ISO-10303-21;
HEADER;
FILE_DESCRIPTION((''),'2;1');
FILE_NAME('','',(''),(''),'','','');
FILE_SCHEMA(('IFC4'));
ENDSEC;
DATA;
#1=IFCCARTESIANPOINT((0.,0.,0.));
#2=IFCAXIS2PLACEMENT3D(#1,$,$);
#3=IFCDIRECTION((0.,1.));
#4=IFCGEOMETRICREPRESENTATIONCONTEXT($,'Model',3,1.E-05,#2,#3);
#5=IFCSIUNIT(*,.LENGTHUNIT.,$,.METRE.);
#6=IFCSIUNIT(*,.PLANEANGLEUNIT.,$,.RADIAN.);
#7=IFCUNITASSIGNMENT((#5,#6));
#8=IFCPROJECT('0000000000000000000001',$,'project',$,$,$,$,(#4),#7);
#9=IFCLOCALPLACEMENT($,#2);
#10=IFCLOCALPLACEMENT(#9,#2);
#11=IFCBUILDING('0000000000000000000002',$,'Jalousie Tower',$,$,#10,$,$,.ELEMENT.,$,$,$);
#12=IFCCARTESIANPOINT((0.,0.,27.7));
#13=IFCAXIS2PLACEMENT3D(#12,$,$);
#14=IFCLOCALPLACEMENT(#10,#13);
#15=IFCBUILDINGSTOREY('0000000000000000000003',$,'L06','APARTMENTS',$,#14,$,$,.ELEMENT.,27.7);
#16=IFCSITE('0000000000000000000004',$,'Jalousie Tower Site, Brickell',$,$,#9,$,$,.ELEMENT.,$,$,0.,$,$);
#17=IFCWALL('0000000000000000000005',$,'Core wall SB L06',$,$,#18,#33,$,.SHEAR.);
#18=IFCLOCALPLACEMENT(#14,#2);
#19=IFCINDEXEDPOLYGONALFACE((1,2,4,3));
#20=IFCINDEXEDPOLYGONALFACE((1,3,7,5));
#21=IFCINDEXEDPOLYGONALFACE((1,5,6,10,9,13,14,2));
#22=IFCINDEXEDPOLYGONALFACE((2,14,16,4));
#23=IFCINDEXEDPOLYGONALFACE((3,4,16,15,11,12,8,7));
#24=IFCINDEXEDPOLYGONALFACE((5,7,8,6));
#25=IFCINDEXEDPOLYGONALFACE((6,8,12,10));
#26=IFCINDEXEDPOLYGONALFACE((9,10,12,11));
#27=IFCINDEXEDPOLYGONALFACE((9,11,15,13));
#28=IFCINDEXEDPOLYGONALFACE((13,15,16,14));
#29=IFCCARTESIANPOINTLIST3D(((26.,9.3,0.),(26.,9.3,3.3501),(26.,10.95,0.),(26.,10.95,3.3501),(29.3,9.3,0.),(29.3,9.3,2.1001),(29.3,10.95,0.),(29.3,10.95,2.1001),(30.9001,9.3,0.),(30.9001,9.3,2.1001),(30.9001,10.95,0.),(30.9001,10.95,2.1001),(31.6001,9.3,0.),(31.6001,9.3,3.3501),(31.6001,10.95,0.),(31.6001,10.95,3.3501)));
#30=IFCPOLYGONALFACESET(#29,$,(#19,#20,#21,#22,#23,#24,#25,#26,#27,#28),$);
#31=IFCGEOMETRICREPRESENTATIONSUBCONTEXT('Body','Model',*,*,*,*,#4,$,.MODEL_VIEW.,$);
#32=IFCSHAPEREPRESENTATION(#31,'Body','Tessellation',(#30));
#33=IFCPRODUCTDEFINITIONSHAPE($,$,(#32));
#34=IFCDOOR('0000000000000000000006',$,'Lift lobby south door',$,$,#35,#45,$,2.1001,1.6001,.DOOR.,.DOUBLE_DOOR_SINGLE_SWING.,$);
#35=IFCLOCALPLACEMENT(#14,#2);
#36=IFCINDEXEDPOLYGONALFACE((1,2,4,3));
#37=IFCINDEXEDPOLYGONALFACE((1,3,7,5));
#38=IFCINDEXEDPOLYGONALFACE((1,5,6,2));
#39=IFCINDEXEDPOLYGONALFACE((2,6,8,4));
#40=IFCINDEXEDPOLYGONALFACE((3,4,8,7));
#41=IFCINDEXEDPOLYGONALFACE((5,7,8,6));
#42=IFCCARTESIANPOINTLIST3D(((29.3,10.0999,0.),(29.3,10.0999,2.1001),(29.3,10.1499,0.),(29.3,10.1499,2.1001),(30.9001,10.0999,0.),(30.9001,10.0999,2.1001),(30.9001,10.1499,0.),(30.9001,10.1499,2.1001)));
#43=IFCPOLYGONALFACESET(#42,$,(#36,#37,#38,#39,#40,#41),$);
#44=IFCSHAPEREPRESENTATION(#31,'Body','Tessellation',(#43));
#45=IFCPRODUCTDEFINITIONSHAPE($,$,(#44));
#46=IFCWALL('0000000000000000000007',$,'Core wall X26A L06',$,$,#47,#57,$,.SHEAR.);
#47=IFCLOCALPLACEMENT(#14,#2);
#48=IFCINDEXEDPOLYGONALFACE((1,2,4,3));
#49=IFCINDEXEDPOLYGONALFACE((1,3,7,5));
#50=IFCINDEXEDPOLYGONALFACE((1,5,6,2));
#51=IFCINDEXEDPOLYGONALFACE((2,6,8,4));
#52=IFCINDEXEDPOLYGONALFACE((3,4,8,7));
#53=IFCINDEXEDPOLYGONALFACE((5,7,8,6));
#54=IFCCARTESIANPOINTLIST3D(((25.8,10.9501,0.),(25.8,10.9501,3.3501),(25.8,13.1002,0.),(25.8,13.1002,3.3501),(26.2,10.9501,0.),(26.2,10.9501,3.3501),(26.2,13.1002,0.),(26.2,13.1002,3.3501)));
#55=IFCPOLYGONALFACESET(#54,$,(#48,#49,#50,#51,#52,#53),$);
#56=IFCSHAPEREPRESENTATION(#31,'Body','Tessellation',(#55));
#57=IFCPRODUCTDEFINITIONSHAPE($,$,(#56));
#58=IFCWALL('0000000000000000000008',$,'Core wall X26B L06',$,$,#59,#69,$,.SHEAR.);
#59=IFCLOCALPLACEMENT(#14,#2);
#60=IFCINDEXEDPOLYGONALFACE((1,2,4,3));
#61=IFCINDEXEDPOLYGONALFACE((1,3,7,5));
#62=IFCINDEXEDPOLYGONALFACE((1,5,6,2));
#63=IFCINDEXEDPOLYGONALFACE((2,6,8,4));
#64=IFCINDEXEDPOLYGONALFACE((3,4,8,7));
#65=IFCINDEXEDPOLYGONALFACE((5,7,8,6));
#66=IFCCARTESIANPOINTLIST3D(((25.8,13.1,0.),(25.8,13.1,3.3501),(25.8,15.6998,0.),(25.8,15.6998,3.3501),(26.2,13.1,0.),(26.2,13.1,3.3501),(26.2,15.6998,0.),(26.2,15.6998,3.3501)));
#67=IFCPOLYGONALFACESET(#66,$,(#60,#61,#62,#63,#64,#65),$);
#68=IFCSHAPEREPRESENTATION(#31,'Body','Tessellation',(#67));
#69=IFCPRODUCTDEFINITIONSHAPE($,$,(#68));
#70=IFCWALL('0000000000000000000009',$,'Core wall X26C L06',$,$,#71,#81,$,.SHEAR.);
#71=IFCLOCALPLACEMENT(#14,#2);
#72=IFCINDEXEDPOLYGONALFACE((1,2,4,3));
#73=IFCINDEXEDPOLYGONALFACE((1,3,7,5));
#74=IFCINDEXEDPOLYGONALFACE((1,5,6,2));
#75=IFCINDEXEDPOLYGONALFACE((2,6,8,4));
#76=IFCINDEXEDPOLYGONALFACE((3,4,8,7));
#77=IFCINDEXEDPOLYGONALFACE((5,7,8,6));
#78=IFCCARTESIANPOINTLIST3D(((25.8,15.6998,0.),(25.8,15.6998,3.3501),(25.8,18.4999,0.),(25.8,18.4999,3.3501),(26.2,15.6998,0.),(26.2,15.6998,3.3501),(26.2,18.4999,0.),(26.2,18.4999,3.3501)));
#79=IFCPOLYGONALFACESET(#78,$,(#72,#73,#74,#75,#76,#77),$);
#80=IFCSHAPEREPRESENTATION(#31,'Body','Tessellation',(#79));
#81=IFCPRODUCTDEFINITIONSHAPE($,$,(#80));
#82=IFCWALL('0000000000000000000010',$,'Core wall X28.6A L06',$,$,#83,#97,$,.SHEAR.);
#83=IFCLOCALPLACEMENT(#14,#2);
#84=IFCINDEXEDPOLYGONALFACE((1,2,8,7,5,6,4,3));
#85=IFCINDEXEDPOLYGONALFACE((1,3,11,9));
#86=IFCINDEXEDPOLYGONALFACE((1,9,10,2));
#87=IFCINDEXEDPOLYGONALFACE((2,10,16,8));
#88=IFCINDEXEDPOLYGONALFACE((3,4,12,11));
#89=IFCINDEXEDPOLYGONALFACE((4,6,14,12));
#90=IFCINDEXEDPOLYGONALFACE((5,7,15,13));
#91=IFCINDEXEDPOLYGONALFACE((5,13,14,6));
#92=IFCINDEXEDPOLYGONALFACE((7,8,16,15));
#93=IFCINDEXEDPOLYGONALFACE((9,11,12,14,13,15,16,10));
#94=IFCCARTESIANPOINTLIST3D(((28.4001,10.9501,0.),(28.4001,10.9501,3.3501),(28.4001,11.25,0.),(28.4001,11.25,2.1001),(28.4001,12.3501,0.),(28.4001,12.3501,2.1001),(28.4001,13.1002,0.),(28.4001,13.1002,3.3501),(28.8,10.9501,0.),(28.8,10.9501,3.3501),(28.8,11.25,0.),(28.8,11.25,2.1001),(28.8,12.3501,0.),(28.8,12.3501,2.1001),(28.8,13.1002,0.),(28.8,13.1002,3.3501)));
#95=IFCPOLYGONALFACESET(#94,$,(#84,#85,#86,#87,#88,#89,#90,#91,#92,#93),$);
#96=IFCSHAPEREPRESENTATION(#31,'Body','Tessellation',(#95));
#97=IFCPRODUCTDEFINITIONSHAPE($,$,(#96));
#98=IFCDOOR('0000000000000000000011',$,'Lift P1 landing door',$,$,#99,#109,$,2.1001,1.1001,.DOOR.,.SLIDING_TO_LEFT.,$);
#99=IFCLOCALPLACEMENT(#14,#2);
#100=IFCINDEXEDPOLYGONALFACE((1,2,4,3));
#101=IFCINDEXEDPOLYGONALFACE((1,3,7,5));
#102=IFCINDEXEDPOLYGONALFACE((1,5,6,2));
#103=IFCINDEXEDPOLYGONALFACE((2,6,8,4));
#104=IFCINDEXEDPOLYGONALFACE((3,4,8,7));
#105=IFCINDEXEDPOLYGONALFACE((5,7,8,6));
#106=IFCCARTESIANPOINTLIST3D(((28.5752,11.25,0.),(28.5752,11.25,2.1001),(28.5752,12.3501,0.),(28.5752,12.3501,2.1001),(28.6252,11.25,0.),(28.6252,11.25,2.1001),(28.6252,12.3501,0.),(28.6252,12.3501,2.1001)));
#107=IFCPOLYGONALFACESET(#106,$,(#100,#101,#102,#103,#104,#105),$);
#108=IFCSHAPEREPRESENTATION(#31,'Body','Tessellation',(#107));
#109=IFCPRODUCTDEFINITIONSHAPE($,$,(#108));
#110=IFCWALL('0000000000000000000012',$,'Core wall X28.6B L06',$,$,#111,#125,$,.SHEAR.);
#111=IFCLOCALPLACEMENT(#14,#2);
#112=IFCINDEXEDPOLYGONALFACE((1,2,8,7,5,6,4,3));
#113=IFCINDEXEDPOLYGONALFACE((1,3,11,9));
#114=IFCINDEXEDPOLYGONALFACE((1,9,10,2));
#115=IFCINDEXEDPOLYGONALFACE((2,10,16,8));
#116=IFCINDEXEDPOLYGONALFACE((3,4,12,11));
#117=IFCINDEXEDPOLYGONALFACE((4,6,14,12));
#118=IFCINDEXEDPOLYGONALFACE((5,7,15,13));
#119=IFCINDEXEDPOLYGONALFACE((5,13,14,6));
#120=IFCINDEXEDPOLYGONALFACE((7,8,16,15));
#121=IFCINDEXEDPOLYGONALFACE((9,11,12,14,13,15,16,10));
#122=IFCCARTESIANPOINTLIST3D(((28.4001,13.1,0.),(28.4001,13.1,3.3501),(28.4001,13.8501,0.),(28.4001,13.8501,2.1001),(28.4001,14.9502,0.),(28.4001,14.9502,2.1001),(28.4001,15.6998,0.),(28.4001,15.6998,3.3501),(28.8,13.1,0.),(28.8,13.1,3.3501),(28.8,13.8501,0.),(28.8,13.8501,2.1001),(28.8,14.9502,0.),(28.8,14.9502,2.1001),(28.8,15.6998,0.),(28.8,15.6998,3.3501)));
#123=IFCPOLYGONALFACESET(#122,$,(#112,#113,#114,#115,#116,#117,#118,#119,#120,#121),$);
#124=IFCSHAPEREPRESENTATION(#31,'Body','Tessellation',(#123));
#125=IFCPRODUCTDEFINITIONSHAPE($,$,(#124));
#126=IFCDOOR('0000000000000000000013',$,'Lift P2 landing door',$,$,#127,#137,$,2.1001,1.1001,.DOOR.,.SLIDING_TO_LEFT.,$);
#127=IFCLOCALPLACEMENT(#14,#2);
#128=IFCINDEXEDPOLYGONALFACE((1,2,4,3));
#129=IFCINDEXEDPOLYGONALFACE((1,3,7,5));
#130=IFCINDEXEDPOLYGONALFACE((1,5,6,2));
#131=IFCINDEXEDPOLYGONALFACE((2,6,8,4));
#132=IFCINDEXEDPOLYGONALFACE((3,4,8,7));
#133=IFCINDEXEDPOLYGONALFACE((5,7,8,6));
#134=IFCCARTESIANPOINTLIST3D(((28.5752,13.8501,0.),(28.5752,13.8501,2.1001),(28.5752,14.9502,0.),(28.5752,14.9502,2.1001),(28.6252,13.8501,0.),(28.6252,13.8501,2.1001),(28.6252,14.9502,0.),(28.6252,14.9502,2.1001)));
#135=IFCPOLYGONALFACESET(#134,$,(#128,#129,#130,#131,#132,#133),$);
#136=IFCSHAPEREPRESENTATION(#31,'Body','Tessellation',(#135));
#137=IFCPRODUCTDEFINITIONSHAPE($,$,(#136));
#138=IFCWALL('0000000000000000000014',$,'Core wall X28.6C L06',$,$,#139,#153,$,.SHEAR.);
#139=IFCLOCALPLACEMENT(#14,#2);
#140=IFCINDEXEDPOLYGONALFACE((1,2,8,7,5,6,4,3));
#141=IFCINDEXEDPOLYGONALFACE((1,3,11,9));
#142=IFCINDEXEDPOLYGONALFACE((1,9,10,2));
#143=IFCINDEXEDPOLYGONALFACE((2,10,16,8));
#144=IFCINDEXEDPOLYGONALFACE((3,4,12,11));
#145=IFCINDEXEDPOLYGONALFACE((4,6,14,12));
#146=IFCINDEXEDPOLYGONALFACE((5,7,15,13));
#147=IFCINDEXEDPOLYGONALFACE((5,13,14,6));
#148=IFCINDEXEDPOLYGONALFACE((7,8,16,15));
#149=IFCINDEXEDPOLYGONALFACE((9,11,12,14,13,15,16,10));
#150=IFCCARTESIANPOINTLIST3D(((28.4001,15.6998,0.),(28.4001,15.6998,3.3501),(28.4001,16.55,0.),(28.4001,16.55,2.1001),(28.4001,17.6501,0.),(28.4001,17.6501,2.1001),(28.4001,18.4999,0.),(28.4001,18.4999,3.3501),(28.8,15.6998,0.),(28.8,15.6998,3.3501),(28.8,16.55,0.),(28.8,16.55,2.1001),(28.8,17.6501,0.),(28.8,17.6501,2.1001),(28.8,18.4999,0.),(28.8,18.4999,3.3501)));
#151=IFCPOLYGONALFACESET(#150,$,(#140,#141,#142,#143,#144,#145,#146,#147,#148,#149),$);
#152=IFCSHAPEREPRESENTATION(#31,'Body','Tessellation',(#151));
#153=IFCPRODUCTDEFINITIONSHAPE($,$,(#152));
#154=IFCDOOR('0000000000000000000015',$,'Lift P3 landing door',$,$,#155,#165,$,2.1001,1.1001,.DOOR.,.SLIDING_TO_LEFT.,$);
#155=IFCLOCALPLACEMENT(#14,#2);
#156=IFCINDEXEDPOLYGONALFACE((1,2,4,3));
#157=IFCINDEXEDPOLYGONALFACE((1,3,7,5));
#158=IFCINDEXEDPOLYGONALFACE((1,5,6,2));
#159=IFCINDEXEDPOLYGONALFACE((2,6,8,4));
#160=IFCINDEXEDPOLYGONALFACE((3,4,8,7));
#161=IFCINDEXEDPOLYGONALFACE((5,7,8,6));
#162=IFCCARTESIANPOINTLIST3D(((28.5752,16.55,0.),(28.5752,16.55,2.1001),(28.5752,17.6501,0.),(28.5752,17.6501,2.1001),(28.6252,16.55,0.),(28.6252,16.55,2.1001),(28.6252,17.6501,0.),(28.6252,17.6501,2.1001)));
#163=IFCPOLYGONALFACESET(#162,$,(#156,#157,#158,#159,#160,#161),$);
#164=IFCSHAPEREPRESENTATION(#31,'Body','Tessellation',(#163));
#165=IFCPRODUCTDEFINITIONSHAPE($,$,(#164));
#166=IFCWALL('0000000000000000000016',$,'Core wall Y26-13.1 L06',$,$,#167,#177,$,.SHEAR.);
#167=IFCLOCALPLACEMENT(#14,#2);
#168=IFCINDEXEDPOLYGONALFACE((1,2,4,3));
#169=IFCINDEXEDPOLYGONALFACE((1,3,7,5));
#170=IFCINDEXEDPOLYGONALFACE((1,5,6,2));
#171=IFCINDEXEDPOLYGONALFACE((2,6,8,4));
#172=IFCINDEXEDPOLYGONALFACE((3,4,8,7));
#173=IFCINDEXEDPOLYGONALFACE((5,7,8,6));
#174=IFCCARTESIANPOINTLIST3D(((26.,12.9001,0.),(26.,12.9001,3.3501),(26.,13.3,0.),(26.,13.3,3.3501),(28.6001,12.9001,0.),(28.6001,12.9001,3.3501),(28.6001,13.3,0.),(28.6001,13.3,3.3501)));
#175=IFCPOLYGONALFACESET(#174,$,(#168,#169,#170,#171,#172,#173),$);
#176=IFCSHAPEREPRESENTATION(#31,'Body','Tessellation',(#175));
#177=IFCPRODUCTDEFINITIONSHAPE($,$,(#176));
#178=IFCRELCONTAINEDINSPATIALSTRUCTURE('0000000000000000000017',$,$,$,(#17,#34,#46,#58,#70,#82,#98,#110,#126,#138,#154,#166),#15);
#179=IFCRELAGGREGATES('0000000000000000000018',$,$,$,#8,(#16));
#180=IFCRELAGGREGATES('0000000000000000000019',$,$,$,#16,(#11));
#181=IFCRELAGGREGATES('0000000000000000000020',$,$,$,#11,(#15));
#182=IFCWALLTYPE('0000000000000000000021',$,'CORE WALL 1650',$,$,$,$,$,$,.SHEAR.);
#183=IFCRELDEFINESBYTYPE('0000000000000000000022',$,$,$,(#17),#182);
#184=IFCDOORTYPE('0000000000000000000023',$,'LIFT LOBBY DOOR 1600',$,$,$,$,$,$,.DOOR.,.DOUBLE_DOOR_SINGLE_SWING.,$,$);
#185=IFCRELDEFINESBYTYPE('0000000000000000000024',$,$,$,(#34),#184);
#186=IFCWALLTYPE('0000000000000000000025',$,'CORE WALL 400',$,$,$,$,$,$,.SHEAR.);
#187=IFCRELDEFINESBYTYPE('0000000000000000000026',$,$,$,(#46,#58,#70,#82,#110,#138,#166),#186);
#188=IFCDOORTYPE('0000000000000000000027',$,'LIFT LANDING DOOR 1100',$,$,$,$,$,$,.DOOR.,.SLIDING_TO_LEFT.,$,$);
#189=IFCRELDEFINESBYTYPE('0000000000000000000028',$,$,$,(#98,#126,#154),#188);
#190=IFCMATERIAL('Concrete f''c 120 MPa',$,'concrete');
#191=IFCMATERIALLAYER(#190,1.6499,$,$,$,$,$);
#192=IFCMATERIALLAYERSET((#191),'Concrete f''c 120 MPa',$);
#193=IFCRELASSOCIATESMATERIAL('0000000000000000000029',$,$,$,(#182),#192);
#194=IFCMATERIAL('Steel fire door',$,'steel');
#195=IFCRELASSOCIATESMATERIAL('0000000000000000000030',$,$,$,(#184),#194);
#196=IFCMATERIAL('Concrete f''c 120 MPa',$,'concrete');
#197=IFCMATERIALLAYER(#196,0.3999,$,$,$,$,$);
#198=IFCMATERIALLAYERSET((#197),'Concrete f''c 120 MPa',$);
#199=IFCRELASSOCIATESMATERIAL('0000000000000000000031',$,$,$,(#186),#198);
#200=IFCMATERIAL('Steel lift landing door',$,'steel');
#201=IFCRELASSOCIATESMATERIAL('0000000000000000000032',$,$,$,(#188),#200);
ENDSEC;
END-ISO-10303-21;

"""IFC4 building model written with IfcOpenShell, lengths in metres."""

from ifc_helpers import new_model, si_unit, direction, frame, frame_2d, origin, place, context, subcontext, project, spatial, rectangle, extrude, material, layer, layer_set, type_object, element, fill, save


model = new_model("IFC4")

# Units and contexts
model_context = context("Model", 3, precision=1e-05, world=origin(), true_north=direction((0.0, 1.0)))
body_context = subcontext(model_context, "Body", "Model", "MODEL_VIEW")
ifc_project = project(units=[si_unit("LENGTHUNIT", "METRE"), si_unit("PLANEANGLEUNIT", "RADIAN")], contexts=[model_context])

# Site, building, storey
site_placement = place(None, origin())
site = spatial("IfcSite", under=ifc_project, at=site_placement, Name="Jalousie Tower Site, Brickell", CompositionType="ELEMENT", RefElevation=0.0)
building_placement = place(site_placement, origin())
building = spatial("IfcBuilding", under=site, at=building_placement, Name="Jalousie Tower", CompositionType="ELEMENT")
storey_placement = place(building_placement, frame((0.0, 0.0, 27.7)))
storey = spatial("IfcBuildingStorey", under=building, at=storey_placement, Name="L06", Description="APARTMENTS", CompositionType="ELEMENT", Elevation=27.7)

# Wall, opening, door
ifc_material_1 = material(Name="Concrete f'c 120 MPa", Category="concrete")
ifc_layer_1 = layer(ifc_material_1, 1.6499)
ifc_layer_set_1 = layer_set([ifc_layer_1], Name="Concrete f'c 120 MPa")
wall_type_1 = type_object("IfcWallType", Name="CORE WALL 1650", PredefinedType="SHEAR", material=ifc_layer_set_1)
wall_1_placement = place(storey_placement, frame((26.0, 10.125, 0.0), z_axis=(0.0, 0.0, 1.0), x_axis=(1.0, 0.0, 0.0)))
wall_1 = element("IfcWall", 1, at=wall_1_placement, inside=storey, type_object=wall_type_1, Name="Core wall SB L06", PredefinedType="SHEAR", context=body_context, shape_type="SweptSolid", body=[
    extrude(rectangle(XDim=5.6001, YDim=1.6499, at=frame_2d((2.8, 0.0))), origin(), (0.0, 0.0, 1.0), 3.3501),
])
opening_1_placement = place(wall_1_placement, frame((3.3, 0.0, 0.0)))
opening_1 = element("IfcOpeningElement", 2, at=opening_1_placement, cuts=wall_1, PredefinedType="OPENING", context=body_context, shape_type="SweptSolid", body=[
    extrude(rectangle(XDim=1.6001, YDim=2.1001, at=frame_2d((0.8, 1.05))), frame((0.0, 0.835, 0.0), z_axis=(0.0, -1.0, 0.0), x_axis=(1.0, 0.0, 0.0)), (0.0, 0.0, 1.0), 1.6699),
])
ifc_material_2 = material(Name="Steel fire door", Category="steel")
door_type_1 = type_object("IfcDoorType", Name="LIFT LOBBY DOOR 1600", OperationType="DOUBLE_DOOR_SINGLE_SWING", PredefinedType="DOOR", material=ifc_material_2)
door_1_placement = place(opening_1_placement, origin())
door_1 = element("IfcDoor", 3, at=door_1_placement, inside=storey, type_object=door_type_1, Name="Lift lobby south door", OperationType="DOUBLE_DOOR_SINGLE_SWING", OverallHeight=2.1001, OverallWidth=1.6001, PredefinedType="DOOR", context=body_context, shape_type="SweptSolid", body=[
    extrude(rectangle(XDim=1.6001, YDim=2.1001, at=frame_2d((0.8, 1.05))), frame((0.0, 0.0249, 0.0), z_axis=(0.0, -1.0, 0.0), x_axis=(1.0, 0.0, 0.0)), (0.0, 0.0, 1.0), 0.05),
])
fill(opening_1, door_1)

# Walls
ifc_material_3 = material(Name="Concrete f'c 120 MPa", Category="concrete")
ifc_layer_2 = layer(ifc_material_3, 0.3999)
ifc_layer_set_2 = layer_set([ifc_layer_2], Name="Concrete f'c 120 MPa")
wall_type_2 = type_object("IfcWallType", Name="CORE WALL 400", PredefinedType="SHEAR", material=ifc_layer_set_2)
wall_2_placement = place(storey_placement, frame((26.0, 10.95, 0.0), z_axis=(0.0, 0.0, 1.0), x_axis=(0.0, 1.0, 0.0)))
element("IfcWall", 4, at=wall_2_placement, inside=storey, type_object=wall_type_2, Name="Core wall X26A L06", PredefinedType="SHEAR", context=body_context, shape_type="SweptSolid", body=[
    extrude(rectangle(XDim=2.1501, YDim=0.3999, at=frame_2d((1.0752, 0.0))), origin(), (0.0, 0.0, 1.0), 3.3501),
])
wall_3_placement = place(storey_placement, frame((26.0, 13.1001, 0.0), z_axis=(0.0, 0.0, 1.0), x_axis=(0.0, 1.0, 0.0)))
element("IfcWall", 5, at=wall_3_placement, inside=storey, type_object=wall_type_2, Name="Core wall X26B L06", PredefinedType="SHEAR", context=body_context, shape_type="SweptSolid", body=[
    extrude(rectangle(XDim=2.5999, YDim=0.3999, at=frame_2d((1.2998, 0.0))), origin(), (0.0, 0.0, 1.0), 3.3501),
])
wall_4_placement = place(storey_placement, frame((26.0, 15.7, 0.0), z_axis=(0.0, 0.0, 1.0), x_axis=(0.0, 1.0, 0.0)))
element("IfcWall", 6, at=wall_4_placement, inside=storey, type_object=wall_type_2, Name="Core wall X26C L06", PredefinedType="SHEAR", context=body_context, shape_type="SweptSolid", body=[
    extrude(rectangle(XDim=2.8, YDim=0.3999, at=frame_2d((1.3999, 0.0))), origin(), (0.0, 0.0, 1.0), 3.3501),
])

# Walls, openings, doors
wall_5_placement = place(storey_placement, frame((28.6001, 10.95, 0.0), z_axis=(0.0, 0.0, 1.0), x_axis=(0.0, 1.0, 0.0)))
wall_5 = element("IfcWall", 7, at=wall_5_placement, inside=storey, type_object=wall_type_2, Name="Core wall X28.6A L06", PredefinedType="SHEAR", context=body_context, shape_type="SweptSolid", body=[
    extrude(rectangle(XDim=2.1501, YDim=0.3999, at=frame_2d((1.0752, 0.0))), origin(), (0.0, 0.0, 1.0), 3.3501),
])
opening_2_placement = place(wall_5_placement, frame((0.3, 0.0, 0.0)))
opening_2 = element("IfcOpeningElement", 8, at=opening_2_placement, cuts=wall_5, PredefinedType="OPENING", context=body_context, shape_type="SweptSolid", body=[
    extrude(rectangle(XDim=1.1001, YDim=2.1001, at=frame_2d((0.55, 1.05))), frame((0.0, 0.21, 0.0), z_axis=(0.0, -1.0, 0.0), x_axis=(1.0, 0.0, 0.0)), (0.0, 0.0, 1.0), 0.4199),
])
ifc_material_4 = material(Name="Steel lift landing door", Category="steel")
door_type_2 = type_object("IfcDoorType", Name="LIFT LANDING DOOR 1100", OperationType="SLIDING_TO_LEFT", PredefinedType="DOOR", material=ifc_material_4)
door_2_placement = place(opening_2_placement, origin())
door_2 = element("IfcDoor", 9, at=door_2_placement, inside=storey, type_object=door_type_2, Name="Lift P1 landing door", OperationType="SLIDING_TO_LEFT", OverallHeight=2.1001, OverallWidth=1.1001, PredefinedType="DOOR", context=body_context, shape_type="SweptSolid", body=[
    extrude(rectangle(XDim=1.1001, YDim=2.1001, at=frame_2d((0.55, 1.05))), frame((0.0, 0.0249, 0.0), z_axis=(0.0, -1.0, 0.0), x_axis=(1.0, 0.0, 0.0)), (0.0, 0.0, 1.0), 0.05),
])
fill(opening_2, door_2)
wall_6_placement = place(storey_placement, frame((28.6001, 13.1001, 0.0), z_axis=(0.0, 0.0, 1.0), x_axis=(0.0, 1.0, 0.0)))
wall_6 = element("IfcWall", 10, at=wall_6_placement, inside=storey, type_object=wall_type_2, Name="Core wall X28.6B L06", PredefinedType="SHEAR", context=body_context, shape_type="SweptSolid", body=[
    extrude(rectangle(XDim=2.5999, YDim=0.3999, at=frame_2d((1.2998, 0.0))), origin(), (0.0, 0.0, 1.0), 3.3501),
])
opening_3_placement = place(wall_6_placement, frame((0.75, 0.0, 0.0)))
opening_3 = element("IfcOpeningElement", 11, at=opening_3_placement, cuts=wall_6, PredefinedType="OPENING", context=body_context, shape_type="SweptSolid", body=[
    extrude(rectangle(XDim=1.1001, YDim=2.1001, at=frame_2d((0.55, 1.05))), frame((0.0, 0.21, 0.0), z_axis=(0.0, -1.0, 0.0), x_axis=(1.0, 0.0, 0.0)), (0.0, 0.0, 1.0), 0.4199),
])
door_3_placement = place(opening_3_placement, origin())
door_3 = element("IfcDoor", 12, at=door_3_placement, inside=storey, type_object=door_type_2, Name="Lift P2 landing door", OperationType="SLIDING_TO_LEFT", OverallHeight=2.1001, OverallWidth=1.1001, PredefinedType="DOOR", context=body_context, shape_type="SweptSolid", body=[
    extrude(rectangle(XDim=1.1001, YDim=2.1001, at=frame_2d((0.55, 1.05))), frame((0.0, 0.0249, 0.0), z_axis=(0.0, -1.0, 0.0), x_axis=(1.0, 0.0, 0.0)), (0.0, 0.0, 1.0), 0.05),
])
fill(opening_3, door_3)
wall_7_placement = place(storey_placement, frame((28.6001, 15.7, 0.0), z_axis=(0.0, 0.0, 1.0), x_axis=(0.0, 1.0, 0.0)))
wall_7 = element("IfcWall", 13, at=wall_7_placement, inside=storey, type_object=wall_type_2, Name="Core wall X28.6C L06", PredefinedType="SHEAR", context=body_context, shape_type="SweptSolid", body=[
    extrude(rectangle(XDim=2.8, YDim=0.3999, at=frame_2d((1.3999, 0.0))), origin(), (0.0, 0.0, 1.0), 3.3501),
])
opening_4_placement = place(wall_7_placement, frame((0.8501, 0.0, 0.0)))
opening_4 = element("IfcOpeningElement", 14, at=opening_4_placement, cuts=wall_7, PredefinedType="OPENING", context=body_context, shape_type="SweptSolid", body=[
    extrude(rectangle(XDim=1.1001, YDim=2.1001, at=frame_2d((0.55, 1.05))), frame((0.0, 0.21, 0.0), z_axis=(0.0, -1.0, 0.0), x_axis=(1.0, 0.0, 0.0)), (0.0, 0.0, 1.0), 0.4199),
])
door_4_placement = place(opening_4_placement, origin())
door_4 = element("IfcDoor", 15, at=door_4_placement, inside=storey, type_object=door_type_2, Name="Lift P3 landing door", OperationType="SLIDING_TO_LEFT", OverallHeight=2.1001, OverallWidth=1.1001, PredefinedType="DOOR", context=body_context, shape_type="SweptSolid", body=[
    extrude(rectangle(XDim=1.1001, YDim=2.1001, at=frame_2d((0.55, 1.05))), frame((0.0, 0.0249, 0.0), z_axis=(0.0, -1.0, 0.0), x_axis=(1.0, 0.0, 0.0)), (0.0, 0.0, 1.0), 0.05),
])
fill(opening_4, door_4)

# Wall
for number, where, z_axis, x_axis, name in (
    (16, (26.0, 13.1001, 0.0), (0.0, 0.0, 1.0), (1.0, 0.0, 0.0), "Core wall Y26-13.1 L06"),
):
    element("IfcWall", number, at=place(storey_placement, frame(where, z_axis=z_axis, x_axis=x_axis)), inside=storey, type_object=wall_type_2, Name=name, PredefinedType="SHEAR", context=body_context, shape_type="SweptSolid", body=[
        extrude(rectangle(XDim=2.6001, YDim=0.3999, at=frame_2d((1.3, 0.0))), origin(), (0.0, 0.0, 1.0), 3.3501),
    ])

save(model, "model.ifc")
